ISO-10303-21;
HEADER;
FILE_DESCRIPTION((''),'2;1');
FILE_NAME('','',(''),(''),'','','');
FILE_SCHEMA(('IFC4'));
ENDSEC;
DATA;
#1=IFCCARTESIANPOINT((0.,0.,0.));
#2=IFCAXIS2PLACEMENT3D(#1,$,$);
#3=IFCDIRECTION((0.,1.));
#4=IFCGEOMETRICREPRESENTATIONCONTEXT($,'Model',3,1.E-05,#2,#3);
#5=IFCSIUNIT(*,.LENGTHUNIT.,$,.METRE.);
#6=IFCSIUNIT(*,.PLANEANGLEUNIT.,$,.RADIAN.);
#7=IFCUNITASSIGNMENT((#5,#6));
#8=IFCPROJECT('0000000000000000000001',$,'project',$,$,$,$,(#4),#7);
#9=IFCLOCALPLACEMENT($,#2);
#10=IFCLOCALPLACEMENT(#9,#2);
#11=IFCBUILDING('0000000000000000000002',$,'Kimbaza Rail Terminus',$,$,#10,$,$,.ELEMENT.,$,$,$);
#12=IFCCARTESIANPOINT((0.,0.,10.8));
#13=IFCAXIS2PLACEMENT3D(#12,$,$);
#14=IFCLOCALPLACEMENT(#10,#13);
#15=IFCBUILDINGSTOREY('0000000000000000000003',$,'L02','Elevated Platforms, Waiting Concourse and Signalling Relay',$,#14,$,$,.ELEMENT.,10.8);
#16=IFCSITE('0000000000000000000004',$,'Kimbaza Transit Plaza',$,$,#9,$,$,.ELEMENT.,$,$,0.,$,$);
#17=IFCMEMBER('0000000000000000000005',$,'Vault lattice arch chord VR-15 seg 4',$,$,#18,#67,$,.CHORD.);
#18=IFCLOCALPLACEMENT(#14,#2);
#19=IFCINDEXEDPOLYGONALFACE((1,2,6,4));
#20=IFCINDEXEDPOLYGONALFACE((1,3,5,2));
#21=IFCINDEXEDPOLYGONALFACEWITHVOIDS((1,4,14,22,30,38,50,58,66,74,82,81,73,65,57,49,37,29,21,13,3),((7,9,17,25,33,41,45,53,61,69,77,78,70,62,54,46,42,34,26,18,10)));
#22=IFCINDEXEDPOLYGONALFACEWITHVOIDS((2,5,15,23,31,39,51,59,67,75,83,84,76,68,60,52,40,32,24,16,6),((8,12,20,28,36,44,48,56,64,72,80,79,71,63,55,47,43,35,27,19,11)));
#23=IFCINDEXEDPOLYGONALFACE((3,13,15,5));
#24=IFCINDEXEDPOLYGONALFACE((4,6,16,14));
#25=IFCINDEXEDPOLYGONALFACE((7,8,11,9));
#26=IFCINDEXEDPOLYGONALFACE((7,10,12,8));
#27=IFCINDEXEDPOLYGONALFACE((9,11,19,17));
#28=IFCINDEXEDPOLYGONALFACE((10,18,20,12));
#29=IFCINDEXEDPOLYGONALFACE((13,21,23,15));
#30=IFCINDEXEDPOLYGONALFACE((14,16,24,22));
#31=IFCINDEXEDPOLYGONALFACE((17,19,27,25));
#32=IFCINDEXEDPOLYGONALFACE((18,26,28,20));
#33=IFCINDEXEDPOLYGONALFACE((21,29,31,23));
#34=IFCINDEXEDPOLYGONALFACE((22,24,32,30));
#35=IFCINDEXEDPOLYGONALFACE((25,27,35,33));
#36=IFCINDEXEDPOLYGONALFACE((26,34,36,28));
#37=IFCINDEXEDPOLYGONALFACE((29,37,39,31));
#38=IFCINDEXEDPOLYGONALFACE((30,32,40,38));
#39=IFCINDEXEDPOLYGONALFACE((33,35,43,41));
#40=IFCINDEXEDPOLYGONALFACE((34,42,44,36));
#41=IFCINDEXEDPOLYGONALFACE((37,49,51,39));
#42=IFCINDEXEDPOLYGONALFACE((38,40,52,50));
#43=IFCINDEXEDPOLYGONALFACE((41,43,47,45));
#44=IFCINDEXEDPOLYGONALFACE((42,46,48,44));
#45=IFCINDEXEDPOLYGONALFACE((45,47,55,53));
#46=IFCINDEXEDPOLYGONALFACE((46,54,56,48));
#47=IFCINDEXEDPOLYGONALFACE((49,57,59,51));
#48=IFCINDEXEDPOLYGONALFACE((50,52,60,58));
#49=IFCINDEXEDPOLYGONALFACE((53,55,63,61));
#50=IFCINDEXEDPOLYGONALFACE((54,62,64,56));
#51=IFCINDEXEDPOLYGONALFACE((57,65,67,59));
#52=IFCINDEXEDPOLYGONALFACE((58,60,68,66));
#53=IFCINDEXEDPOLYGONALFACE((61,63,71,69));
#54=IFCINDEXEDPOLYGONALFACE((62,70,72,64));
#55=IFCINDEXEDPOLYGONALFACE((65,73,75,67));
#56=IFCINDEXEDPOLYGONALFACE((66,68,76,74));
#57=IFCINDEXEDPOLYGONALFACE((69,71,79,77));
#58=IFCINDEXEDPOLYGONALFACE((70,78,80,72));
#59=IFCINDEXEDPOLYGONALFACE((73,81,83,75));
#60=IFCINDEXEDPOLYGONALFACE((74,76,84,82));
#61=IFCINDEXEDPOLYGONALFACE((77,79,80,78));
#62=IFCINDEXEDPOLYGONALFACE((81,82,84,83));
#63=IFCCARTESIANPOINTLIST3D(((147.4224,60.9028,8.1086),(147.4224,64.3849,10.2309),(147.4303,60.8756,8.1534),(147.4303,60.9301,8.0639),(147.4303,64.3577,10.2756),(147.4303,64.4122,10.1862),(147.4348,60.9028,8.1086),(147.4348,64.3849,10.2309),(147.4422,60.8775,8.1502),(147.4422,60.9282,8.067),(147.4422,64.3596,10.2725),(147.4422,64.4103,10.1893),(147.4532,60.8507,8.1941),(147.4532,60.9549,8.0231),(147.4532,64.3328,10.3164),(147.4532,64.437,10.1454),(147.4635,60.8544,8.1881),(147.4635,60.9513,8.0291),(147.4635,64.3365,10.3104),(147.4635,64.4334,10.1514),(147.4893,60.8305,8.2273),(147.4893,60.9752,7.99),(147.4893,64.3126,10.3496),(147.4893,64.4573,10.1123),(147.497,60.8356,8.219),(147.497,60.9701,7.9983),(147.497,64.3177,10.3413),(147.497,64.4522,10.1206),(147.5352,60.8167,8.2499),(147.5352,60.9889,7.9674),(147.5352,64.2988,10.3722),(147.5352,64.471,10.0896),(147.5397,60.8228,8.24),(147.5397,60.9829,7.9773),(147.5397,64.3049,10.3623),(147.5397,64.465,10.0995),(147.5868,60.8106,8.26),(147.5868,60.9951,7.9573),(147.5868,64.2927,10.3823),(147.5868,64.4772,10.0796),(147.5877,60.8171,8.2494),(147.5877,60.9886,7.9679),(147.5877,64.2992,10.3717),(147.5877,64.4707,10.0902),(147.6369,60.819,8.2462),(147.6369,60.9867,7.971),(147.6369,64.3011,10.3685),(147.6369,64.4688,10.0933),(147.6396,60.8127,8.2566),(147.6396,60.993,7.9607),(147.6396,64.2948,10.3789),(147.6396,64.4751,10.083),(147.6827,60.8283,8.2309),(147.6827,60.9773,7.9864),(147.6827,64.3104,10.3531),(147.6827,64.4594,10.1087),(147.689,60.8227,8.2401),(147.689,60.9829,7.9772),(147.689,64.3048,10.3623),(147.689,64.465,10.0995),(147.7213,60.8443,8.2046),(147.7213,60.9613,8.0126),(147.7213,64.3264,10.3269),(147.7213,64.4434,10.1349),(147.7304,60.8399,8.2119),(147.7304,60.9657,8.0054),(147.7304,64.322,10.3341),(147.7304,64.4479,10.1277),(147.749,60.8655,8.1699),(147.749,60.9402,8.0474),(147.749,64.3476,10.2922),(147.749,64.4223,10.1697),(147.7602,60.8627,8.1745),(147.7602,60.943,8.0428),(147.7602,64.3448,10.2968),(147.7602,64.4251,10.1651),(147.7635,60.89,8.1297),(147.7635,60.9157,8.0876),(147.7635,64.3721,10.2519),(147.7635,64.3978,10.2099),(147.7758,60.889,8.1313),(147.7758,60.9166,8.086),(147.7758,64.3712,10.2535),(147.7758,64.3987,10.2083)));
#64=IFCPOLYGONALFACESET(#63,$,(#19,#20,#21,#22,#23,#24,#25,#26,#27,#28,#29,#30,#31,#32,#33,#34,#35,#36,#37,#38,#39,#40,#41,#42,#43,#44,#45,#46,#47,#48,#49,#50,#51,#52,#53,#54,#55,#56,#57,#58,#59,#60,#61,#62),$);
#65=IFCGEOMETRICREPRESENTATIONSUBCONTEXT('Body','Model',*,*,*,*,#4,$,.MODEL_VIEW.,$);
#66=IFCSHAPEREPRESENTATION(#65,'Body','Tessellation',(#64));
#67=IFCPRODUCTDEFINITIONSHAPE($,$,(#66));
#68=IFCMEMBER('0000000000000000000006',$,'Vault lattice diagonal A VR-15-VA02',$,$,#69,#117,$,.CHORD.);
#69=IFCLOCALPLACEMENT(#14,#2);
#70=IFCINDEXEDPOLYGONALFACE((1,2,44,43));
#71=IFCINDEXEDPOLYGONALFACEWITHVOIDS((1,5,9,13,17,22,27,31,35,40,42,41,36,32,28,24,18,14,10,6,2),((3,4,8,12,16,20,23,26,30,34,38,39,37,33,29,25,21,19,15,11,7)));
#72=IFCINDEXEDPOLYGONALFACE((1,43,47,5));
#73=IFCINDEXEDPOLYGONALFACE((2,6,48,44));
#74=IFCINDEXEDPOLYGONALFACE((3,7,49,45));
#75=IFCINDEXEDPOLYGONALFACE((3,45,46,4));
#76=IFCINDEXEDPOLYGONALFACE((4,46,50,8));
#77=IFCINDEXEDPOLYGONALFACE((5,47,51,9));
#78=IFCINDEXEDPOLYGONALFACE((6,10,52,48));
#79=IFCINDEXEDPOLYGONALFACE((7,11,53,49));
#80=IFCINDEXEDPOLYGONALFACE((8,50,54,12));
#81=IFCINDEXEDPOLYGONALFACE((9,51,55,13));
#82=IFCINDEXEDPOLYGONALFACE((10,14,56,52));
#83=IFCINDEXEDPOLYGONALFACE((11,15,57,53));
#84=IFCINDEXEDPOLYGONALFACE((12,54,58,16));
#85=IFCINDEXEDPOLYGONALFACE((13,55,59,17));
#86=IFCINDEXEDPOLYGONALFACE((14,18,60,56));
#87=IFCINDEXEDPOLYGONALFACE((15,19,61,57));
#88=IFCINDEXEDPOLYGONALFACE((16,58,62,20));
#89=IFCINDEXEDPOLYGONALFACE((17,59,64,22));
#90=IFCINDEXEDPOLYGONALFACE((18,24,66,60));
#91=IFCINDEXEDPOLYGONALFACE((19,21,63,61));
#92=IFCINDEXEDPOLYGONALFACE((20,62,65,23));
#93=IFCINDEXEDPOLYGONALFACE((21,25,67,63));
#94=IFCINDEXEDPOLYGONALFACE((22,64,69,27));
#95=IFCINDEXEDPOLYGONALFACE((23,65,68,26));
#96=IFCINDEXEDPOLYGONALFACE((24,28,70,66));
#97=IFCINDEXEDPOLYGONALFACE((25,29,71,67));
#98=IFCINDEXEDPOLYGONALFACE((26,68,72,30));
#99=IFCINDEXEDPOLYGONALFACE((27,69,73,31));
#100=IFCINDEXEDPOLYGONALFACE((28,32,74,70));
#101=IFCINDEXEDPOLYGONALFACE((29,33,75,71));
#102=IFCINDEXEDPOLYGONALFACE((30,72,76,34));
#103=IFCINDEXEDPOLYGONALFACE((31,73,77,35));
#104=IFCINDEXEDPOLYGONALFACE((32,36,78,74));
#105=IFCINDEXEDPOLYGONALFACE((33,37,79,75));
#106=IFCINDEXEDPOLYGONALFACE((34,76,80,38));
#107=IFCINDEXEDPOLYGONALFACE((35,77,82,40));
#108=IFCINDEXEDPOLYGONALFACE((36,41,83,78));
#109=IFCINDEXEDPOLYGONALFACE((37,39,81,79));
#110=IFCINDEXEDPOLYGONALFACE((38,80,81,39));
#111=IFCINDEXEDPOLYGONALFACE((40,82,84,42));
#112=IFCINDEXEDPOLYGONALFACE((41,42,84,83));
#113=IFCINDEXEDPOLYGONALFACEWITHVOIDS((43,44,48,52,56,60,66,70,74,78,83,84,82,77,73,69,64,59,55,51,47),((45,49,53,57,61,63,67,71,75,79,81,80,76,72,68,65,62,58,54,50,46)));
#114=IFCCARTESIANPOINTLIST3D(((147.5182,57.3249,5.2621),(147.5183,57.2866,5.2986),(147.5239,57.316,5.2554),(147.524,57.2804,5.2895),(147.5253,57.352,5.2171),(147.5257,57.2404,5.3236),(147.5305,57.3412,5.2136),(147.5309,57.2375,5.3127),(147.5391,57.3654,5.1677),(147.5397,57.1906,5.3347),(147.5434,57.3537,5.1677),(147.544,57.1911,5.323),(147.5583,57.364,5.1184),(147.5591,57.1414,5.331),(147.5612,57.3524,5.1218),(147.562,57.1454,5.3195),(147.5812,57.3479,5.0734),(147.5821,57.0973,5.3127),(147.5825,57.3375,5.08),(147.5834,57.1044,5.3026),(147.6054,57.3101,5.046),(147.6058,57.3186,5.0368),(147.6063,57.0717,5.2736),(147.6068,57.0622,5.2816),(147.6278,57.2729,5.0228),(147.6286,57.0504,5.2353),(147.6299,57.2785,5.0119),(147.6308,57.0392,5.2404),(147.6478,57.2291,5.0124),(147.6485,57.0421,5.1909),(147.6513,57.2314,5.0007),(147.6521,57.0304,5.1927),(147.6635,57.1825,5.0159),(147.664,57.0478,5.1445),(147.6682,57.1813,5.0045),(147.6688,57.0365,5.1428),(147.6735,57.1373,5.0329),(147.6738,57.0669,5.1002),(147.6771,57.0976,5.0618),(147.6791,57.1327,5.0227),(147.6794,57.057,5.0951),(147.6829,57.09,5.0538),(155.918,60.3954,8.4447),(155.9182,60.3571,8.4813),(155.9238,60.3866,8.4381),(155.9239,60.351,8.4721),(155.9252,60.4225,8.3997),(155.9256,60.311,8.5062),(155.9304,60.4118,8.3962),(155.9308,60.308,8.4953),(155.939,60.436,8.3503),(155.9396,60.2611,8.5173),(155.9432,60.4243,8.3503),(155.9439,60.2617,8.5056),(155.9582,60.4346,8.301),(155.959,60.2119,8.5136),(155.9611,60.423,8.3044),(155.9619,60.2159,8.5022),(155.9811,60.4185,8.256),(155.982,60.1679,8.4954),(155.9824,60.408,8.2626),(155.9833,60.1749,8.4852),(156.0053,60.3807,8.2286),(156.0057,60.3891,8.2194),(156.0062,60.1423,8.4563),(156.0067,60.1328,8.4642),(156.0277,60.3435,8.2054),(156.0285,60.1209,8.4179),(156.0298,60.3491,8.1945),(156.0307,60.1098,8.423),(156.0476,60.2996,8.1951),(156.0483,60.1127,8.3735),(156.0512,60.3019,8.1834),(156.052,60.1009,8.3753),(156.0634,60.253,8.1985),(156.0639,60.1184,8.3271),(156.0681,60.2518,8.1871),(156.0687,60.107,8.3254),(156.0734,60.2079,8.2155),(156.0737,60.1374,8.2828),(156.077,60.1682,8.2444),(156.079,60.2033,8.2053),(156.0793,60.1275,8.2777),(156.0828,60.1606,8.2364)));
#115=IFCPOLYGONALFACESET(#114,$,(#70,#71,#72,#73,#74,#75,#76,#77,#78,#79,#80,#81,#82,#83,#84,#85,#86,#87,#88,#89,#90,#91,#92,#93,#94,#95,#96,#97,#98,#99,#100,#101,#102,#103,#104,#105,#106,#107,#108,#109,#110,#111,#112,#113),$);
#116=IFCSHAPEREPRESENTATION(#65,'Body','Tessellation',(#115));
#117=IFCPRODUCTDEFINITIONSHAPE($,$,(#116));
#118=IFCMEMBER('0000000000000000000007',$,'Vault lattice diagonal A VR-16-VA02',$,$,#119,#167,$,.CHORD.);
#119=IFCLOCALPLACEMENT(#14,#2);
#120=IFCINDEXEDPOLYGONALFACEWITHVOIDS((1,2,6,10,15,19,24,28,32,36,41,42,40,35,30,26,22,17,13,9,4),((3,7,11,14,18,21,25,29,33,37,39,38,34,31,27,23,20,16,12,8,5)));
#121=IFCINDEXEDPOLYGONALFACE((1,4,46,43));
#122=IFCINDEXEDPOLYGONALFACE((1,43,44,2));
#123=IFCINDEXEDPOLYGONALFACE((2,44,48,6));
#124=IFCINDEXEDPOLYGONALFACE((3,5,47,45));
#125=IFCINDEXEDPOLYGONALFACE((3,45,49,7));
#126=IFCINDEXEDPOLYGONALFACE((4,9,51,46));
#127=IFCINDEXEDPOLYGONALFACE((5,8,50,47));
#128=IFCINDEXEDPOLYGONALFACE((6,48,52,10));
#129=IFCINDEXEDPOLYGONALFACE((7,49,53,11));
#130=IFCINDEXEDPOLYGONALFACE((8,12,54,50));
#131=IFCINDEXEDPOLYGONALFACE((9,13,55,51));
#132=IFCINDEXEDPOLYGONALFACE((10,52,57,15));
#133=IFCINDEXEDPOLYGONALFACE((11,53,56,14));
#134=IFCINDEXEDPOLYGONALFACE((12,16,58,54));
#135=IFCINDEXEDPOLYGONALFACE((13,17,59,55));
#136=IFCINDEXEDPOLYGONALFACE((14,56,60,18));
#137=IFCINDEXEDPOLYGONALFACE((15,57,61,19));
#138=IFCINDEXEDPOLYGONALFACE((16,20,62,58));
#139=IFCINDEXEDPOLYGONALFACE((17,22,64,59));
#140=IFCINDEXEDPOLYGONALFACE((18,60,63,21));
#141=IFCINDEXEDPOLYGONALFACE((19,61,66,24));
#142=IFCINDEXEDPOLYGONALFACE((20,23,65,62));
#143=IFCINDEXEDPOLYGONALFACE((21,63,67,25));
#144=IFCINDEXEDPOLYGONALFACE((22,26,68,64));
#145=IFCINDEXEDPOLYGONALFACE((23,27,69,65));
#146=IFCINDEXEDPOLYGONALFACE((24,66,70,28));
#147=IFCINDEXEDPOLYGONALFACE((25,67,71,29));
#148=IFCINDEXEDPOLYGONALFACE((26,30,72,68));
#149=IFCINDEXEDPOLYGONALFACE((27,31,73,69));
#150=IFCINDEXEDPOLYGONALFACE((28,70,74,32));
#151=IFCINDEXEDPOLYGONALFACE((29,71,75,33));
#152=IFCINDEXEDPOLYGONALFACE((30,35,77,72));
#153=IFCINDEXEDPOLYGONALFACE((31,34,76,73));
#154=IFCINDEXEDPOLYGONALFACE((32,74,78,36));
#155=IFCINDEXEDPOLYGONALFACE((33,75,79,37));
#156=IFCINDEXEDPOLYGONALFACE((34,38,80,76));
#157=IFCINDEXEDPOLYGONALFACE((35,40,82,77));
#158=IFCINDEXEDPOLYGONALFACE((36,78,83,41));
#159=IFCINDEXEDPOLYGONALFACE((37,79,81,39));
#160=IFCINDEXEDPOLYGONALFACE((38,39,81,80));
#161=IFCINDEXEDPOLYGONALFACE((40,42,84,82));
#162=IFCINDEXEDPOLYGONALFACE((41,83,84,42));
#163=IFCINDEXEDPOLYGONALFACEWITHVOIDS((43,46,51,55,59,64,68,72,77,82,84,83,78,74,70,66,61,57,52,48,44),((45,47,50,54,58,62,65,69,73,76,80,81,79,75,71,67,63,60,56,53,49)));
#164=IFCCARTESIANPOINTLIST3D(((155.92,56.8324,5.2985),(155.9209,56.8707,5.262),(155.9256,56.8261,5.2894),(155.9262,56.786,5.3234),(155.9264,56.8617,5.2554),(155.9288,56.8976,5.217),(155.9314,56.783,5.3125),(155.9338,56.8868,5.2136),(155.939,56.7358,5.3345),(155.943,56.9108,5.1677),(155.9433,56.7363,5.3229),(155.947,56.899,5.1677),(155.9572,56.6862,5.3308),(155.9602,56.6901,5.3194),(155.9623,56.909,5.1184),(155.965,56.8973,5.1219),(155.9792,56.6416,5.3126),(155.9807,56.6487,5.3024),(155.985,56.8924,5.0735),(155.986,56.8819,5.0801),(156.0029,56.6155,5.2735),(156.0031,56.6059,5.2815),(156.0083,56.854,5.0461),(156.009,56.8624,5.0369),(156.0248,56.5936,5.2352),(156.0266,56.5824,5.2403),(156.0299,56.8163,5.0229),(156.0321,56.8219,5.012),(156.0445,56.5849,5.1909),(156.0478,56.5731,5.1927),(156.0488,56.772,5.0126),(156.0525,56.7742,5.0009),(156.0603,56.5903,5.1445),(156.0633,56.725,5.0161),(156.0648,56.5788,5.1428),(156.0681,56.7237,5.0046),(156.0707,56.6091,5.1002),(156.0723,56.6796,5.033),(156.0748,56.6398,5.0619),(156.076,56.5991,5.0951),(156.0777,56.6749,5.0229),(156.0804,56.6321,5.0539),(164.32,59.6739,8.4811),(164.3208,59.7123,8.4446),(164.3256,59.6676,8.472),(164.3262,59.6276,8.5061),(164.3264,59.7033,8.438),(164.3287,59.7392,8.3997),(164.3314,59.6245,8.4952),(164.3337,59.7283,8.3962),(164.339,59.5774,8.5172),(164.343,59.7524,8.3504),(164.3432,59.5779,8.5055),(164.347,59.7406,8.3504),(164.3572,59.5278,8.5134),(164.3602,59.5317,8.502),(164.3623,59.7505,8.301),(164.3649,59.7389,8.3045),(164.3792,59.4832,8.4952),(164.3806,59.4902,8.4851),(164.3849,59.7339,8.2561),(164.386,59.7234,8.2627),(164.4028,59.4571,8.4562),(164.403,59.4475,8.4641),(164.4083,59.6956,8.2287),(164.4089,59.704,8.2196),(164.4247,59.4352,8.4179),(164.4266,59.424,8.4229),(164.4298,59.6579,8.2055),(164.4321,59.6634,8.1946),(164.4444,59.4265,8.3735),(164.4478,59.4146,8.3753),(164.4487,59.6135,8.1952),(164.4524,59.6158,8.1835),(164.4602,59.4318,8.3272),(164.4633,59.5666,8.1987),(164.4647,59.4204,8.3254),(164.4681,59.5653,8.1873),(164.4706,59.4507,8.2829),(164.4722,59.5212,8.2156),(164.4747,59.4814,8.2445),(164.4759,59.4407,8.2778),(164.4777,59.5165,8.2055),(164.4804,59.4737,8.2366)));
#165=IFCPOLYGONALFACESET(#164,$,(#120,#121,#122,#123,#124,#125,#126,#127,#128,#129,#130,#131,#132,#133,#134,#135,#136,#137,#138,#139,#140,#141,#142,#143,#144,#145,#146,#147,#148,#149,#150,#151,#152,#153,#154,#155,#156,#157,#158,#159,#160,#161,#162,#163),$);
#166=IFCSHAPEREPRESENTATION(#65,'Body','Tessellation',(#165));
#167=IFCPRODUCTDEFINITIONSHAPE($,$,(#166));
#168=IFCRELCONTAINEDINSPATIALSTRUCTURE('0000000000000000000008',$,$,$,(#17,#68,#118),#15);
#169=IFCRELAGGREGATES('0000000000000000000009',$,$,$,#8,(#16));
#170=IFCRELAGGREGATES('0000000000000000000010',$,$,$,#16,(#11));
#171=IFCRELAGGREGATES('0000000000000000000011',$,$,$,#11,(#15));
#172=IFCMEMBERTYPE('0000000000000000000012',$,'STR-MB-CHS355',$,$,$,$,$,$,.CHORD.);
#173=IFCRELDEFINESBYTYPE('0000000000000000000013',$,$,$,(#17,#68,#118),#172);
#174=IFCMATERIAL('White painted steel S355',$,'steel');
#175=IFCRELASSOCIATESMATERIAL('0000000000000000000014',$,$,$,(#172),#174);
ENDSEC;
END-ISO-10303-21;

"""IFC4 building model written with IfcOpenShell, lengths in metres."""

from ifc_helpers import new_model, si_unit, direction, frame, origin, origin_2d, place, context, subcontext, project, spatial, hollow_circle, extrude, material, material_profile, profile_set, type_object, element, save


model = new_model("IFC4")

# Units and contexts
model_context = context("Model", 3, precision=1e-05, world=origin(), true_north=direction((0.0, 1.0)))
body_context = subcontext(model_context, "Body", "Model", "MODEL_VIEW")
ifc_project = project(units=[si_unit("LENGTHUNIT", "METRE"), si_unit("PLANEANGLEUNIT", "RADIAN")], contexts=[model_context])

# Site, building, storey
site_placement = place(None, origin())
site = spatial("IfcSite", under=ifc_project, at=site_placement, Name="Kimbaza Transit Plaza", CompositionType="ELEMENT", RefElevation=0.0)
building_placement = place(site_placement, origin())
building = spatial("IfcBuilding", under=site, at=building_placement, Name="Kimbaza Rail Terminus", CompositionType="ELEMENT")
storey_placement = place(building_placement, frame((0.0, 0.0, 10.8)))
storey = spatial("IfcBuildingStorey", under=building, at=storey_placement, Name="L02", Description="Elevated Platforms, Waiting Concourse and Signalling Relay", CompositionType="ELEMENT", Elevation=10.8)

# Members
ifc_material_1 = material(Name="White painted steel S355", Category="steel")
ifc_material_profile_1 = material_profile(ifc_material_1, hollow_circle(Radius=0.1777, WallThickness=0.0125, at=origin_2d()), Name="CHS 355.6x12.5")
ifc_profile_set_1 = profile_set([ifc_material_profile_1], Name="White painted steel S355")
member_type_1 = type_object("IfcMemberType", Name="STR-MB-CHS355", PredefinedType="CHORD", material=ifc_profile_set_1)
member_1_placement = place(storey_placement, frame((147.6001, 60.9028, 8.1086), z_axis=(0.0, 0.853901, 0.520435), x_axis=(-1.0, 0.0, 0.0)))
element("IfcMember", 1, at=member_1_placement, inside=storey, type_object=member_type_1, Name="Vault lattice arch chord VR-15 seg 4", PredefinedType="CHORD", context=body_context, shape_type="SweptSolid", body=[
    extrude(hollow_circle(Radius=0.1777, WallThickness=0.0125, at=origin_2d()), origin(), (0.0, 0.0, 1.0), 4.0779),
])
member_2_placement = place(storey_placement, frame((147.6001, 57.1985, 5.1677), z_axis=(0.884859, 0.323457, 0.335262), x_axis=(-0.343327, 0.939216, 0.0)))
element("IfcMember", 2, at=member_2_placement, inside=storey, type_object=member_type_1, Name="Vault lattice diagonal A VR-15-VA02", PredefinedType="CHORD", context=body_context, shape_type="SweptSolid", body=[
    extrude(hollow_circle(Radius=0.1777, WallThickness=0.0125, at=origin_2d()), origin(), (0.0, 0.0, 1.0), 9.4929),
])
member_3_placement = place(storey_placement, frame((156.0, 56.7424, 5.1677), z_axis=(0.891582, 0.301608, 0.337809), x_axis=(-0.320445, 0.947267, 0.0)))
element("IfcMember", 3, at=member_3_placement, inside=storey, type_object=member_type_1, Name="Vault lattice diagonal A VR-16-VA02", PredefinedType="CHORD", context=body_context, shape_type="SweptSolid", body=[
    extrude(hollow_circle(Radius=0.1777, WallThickness=0.0125, at=origin_2d()), origin(), (0.0, 0.0, 1.0), 9.4214),
])

save(model, "model.ifc")
